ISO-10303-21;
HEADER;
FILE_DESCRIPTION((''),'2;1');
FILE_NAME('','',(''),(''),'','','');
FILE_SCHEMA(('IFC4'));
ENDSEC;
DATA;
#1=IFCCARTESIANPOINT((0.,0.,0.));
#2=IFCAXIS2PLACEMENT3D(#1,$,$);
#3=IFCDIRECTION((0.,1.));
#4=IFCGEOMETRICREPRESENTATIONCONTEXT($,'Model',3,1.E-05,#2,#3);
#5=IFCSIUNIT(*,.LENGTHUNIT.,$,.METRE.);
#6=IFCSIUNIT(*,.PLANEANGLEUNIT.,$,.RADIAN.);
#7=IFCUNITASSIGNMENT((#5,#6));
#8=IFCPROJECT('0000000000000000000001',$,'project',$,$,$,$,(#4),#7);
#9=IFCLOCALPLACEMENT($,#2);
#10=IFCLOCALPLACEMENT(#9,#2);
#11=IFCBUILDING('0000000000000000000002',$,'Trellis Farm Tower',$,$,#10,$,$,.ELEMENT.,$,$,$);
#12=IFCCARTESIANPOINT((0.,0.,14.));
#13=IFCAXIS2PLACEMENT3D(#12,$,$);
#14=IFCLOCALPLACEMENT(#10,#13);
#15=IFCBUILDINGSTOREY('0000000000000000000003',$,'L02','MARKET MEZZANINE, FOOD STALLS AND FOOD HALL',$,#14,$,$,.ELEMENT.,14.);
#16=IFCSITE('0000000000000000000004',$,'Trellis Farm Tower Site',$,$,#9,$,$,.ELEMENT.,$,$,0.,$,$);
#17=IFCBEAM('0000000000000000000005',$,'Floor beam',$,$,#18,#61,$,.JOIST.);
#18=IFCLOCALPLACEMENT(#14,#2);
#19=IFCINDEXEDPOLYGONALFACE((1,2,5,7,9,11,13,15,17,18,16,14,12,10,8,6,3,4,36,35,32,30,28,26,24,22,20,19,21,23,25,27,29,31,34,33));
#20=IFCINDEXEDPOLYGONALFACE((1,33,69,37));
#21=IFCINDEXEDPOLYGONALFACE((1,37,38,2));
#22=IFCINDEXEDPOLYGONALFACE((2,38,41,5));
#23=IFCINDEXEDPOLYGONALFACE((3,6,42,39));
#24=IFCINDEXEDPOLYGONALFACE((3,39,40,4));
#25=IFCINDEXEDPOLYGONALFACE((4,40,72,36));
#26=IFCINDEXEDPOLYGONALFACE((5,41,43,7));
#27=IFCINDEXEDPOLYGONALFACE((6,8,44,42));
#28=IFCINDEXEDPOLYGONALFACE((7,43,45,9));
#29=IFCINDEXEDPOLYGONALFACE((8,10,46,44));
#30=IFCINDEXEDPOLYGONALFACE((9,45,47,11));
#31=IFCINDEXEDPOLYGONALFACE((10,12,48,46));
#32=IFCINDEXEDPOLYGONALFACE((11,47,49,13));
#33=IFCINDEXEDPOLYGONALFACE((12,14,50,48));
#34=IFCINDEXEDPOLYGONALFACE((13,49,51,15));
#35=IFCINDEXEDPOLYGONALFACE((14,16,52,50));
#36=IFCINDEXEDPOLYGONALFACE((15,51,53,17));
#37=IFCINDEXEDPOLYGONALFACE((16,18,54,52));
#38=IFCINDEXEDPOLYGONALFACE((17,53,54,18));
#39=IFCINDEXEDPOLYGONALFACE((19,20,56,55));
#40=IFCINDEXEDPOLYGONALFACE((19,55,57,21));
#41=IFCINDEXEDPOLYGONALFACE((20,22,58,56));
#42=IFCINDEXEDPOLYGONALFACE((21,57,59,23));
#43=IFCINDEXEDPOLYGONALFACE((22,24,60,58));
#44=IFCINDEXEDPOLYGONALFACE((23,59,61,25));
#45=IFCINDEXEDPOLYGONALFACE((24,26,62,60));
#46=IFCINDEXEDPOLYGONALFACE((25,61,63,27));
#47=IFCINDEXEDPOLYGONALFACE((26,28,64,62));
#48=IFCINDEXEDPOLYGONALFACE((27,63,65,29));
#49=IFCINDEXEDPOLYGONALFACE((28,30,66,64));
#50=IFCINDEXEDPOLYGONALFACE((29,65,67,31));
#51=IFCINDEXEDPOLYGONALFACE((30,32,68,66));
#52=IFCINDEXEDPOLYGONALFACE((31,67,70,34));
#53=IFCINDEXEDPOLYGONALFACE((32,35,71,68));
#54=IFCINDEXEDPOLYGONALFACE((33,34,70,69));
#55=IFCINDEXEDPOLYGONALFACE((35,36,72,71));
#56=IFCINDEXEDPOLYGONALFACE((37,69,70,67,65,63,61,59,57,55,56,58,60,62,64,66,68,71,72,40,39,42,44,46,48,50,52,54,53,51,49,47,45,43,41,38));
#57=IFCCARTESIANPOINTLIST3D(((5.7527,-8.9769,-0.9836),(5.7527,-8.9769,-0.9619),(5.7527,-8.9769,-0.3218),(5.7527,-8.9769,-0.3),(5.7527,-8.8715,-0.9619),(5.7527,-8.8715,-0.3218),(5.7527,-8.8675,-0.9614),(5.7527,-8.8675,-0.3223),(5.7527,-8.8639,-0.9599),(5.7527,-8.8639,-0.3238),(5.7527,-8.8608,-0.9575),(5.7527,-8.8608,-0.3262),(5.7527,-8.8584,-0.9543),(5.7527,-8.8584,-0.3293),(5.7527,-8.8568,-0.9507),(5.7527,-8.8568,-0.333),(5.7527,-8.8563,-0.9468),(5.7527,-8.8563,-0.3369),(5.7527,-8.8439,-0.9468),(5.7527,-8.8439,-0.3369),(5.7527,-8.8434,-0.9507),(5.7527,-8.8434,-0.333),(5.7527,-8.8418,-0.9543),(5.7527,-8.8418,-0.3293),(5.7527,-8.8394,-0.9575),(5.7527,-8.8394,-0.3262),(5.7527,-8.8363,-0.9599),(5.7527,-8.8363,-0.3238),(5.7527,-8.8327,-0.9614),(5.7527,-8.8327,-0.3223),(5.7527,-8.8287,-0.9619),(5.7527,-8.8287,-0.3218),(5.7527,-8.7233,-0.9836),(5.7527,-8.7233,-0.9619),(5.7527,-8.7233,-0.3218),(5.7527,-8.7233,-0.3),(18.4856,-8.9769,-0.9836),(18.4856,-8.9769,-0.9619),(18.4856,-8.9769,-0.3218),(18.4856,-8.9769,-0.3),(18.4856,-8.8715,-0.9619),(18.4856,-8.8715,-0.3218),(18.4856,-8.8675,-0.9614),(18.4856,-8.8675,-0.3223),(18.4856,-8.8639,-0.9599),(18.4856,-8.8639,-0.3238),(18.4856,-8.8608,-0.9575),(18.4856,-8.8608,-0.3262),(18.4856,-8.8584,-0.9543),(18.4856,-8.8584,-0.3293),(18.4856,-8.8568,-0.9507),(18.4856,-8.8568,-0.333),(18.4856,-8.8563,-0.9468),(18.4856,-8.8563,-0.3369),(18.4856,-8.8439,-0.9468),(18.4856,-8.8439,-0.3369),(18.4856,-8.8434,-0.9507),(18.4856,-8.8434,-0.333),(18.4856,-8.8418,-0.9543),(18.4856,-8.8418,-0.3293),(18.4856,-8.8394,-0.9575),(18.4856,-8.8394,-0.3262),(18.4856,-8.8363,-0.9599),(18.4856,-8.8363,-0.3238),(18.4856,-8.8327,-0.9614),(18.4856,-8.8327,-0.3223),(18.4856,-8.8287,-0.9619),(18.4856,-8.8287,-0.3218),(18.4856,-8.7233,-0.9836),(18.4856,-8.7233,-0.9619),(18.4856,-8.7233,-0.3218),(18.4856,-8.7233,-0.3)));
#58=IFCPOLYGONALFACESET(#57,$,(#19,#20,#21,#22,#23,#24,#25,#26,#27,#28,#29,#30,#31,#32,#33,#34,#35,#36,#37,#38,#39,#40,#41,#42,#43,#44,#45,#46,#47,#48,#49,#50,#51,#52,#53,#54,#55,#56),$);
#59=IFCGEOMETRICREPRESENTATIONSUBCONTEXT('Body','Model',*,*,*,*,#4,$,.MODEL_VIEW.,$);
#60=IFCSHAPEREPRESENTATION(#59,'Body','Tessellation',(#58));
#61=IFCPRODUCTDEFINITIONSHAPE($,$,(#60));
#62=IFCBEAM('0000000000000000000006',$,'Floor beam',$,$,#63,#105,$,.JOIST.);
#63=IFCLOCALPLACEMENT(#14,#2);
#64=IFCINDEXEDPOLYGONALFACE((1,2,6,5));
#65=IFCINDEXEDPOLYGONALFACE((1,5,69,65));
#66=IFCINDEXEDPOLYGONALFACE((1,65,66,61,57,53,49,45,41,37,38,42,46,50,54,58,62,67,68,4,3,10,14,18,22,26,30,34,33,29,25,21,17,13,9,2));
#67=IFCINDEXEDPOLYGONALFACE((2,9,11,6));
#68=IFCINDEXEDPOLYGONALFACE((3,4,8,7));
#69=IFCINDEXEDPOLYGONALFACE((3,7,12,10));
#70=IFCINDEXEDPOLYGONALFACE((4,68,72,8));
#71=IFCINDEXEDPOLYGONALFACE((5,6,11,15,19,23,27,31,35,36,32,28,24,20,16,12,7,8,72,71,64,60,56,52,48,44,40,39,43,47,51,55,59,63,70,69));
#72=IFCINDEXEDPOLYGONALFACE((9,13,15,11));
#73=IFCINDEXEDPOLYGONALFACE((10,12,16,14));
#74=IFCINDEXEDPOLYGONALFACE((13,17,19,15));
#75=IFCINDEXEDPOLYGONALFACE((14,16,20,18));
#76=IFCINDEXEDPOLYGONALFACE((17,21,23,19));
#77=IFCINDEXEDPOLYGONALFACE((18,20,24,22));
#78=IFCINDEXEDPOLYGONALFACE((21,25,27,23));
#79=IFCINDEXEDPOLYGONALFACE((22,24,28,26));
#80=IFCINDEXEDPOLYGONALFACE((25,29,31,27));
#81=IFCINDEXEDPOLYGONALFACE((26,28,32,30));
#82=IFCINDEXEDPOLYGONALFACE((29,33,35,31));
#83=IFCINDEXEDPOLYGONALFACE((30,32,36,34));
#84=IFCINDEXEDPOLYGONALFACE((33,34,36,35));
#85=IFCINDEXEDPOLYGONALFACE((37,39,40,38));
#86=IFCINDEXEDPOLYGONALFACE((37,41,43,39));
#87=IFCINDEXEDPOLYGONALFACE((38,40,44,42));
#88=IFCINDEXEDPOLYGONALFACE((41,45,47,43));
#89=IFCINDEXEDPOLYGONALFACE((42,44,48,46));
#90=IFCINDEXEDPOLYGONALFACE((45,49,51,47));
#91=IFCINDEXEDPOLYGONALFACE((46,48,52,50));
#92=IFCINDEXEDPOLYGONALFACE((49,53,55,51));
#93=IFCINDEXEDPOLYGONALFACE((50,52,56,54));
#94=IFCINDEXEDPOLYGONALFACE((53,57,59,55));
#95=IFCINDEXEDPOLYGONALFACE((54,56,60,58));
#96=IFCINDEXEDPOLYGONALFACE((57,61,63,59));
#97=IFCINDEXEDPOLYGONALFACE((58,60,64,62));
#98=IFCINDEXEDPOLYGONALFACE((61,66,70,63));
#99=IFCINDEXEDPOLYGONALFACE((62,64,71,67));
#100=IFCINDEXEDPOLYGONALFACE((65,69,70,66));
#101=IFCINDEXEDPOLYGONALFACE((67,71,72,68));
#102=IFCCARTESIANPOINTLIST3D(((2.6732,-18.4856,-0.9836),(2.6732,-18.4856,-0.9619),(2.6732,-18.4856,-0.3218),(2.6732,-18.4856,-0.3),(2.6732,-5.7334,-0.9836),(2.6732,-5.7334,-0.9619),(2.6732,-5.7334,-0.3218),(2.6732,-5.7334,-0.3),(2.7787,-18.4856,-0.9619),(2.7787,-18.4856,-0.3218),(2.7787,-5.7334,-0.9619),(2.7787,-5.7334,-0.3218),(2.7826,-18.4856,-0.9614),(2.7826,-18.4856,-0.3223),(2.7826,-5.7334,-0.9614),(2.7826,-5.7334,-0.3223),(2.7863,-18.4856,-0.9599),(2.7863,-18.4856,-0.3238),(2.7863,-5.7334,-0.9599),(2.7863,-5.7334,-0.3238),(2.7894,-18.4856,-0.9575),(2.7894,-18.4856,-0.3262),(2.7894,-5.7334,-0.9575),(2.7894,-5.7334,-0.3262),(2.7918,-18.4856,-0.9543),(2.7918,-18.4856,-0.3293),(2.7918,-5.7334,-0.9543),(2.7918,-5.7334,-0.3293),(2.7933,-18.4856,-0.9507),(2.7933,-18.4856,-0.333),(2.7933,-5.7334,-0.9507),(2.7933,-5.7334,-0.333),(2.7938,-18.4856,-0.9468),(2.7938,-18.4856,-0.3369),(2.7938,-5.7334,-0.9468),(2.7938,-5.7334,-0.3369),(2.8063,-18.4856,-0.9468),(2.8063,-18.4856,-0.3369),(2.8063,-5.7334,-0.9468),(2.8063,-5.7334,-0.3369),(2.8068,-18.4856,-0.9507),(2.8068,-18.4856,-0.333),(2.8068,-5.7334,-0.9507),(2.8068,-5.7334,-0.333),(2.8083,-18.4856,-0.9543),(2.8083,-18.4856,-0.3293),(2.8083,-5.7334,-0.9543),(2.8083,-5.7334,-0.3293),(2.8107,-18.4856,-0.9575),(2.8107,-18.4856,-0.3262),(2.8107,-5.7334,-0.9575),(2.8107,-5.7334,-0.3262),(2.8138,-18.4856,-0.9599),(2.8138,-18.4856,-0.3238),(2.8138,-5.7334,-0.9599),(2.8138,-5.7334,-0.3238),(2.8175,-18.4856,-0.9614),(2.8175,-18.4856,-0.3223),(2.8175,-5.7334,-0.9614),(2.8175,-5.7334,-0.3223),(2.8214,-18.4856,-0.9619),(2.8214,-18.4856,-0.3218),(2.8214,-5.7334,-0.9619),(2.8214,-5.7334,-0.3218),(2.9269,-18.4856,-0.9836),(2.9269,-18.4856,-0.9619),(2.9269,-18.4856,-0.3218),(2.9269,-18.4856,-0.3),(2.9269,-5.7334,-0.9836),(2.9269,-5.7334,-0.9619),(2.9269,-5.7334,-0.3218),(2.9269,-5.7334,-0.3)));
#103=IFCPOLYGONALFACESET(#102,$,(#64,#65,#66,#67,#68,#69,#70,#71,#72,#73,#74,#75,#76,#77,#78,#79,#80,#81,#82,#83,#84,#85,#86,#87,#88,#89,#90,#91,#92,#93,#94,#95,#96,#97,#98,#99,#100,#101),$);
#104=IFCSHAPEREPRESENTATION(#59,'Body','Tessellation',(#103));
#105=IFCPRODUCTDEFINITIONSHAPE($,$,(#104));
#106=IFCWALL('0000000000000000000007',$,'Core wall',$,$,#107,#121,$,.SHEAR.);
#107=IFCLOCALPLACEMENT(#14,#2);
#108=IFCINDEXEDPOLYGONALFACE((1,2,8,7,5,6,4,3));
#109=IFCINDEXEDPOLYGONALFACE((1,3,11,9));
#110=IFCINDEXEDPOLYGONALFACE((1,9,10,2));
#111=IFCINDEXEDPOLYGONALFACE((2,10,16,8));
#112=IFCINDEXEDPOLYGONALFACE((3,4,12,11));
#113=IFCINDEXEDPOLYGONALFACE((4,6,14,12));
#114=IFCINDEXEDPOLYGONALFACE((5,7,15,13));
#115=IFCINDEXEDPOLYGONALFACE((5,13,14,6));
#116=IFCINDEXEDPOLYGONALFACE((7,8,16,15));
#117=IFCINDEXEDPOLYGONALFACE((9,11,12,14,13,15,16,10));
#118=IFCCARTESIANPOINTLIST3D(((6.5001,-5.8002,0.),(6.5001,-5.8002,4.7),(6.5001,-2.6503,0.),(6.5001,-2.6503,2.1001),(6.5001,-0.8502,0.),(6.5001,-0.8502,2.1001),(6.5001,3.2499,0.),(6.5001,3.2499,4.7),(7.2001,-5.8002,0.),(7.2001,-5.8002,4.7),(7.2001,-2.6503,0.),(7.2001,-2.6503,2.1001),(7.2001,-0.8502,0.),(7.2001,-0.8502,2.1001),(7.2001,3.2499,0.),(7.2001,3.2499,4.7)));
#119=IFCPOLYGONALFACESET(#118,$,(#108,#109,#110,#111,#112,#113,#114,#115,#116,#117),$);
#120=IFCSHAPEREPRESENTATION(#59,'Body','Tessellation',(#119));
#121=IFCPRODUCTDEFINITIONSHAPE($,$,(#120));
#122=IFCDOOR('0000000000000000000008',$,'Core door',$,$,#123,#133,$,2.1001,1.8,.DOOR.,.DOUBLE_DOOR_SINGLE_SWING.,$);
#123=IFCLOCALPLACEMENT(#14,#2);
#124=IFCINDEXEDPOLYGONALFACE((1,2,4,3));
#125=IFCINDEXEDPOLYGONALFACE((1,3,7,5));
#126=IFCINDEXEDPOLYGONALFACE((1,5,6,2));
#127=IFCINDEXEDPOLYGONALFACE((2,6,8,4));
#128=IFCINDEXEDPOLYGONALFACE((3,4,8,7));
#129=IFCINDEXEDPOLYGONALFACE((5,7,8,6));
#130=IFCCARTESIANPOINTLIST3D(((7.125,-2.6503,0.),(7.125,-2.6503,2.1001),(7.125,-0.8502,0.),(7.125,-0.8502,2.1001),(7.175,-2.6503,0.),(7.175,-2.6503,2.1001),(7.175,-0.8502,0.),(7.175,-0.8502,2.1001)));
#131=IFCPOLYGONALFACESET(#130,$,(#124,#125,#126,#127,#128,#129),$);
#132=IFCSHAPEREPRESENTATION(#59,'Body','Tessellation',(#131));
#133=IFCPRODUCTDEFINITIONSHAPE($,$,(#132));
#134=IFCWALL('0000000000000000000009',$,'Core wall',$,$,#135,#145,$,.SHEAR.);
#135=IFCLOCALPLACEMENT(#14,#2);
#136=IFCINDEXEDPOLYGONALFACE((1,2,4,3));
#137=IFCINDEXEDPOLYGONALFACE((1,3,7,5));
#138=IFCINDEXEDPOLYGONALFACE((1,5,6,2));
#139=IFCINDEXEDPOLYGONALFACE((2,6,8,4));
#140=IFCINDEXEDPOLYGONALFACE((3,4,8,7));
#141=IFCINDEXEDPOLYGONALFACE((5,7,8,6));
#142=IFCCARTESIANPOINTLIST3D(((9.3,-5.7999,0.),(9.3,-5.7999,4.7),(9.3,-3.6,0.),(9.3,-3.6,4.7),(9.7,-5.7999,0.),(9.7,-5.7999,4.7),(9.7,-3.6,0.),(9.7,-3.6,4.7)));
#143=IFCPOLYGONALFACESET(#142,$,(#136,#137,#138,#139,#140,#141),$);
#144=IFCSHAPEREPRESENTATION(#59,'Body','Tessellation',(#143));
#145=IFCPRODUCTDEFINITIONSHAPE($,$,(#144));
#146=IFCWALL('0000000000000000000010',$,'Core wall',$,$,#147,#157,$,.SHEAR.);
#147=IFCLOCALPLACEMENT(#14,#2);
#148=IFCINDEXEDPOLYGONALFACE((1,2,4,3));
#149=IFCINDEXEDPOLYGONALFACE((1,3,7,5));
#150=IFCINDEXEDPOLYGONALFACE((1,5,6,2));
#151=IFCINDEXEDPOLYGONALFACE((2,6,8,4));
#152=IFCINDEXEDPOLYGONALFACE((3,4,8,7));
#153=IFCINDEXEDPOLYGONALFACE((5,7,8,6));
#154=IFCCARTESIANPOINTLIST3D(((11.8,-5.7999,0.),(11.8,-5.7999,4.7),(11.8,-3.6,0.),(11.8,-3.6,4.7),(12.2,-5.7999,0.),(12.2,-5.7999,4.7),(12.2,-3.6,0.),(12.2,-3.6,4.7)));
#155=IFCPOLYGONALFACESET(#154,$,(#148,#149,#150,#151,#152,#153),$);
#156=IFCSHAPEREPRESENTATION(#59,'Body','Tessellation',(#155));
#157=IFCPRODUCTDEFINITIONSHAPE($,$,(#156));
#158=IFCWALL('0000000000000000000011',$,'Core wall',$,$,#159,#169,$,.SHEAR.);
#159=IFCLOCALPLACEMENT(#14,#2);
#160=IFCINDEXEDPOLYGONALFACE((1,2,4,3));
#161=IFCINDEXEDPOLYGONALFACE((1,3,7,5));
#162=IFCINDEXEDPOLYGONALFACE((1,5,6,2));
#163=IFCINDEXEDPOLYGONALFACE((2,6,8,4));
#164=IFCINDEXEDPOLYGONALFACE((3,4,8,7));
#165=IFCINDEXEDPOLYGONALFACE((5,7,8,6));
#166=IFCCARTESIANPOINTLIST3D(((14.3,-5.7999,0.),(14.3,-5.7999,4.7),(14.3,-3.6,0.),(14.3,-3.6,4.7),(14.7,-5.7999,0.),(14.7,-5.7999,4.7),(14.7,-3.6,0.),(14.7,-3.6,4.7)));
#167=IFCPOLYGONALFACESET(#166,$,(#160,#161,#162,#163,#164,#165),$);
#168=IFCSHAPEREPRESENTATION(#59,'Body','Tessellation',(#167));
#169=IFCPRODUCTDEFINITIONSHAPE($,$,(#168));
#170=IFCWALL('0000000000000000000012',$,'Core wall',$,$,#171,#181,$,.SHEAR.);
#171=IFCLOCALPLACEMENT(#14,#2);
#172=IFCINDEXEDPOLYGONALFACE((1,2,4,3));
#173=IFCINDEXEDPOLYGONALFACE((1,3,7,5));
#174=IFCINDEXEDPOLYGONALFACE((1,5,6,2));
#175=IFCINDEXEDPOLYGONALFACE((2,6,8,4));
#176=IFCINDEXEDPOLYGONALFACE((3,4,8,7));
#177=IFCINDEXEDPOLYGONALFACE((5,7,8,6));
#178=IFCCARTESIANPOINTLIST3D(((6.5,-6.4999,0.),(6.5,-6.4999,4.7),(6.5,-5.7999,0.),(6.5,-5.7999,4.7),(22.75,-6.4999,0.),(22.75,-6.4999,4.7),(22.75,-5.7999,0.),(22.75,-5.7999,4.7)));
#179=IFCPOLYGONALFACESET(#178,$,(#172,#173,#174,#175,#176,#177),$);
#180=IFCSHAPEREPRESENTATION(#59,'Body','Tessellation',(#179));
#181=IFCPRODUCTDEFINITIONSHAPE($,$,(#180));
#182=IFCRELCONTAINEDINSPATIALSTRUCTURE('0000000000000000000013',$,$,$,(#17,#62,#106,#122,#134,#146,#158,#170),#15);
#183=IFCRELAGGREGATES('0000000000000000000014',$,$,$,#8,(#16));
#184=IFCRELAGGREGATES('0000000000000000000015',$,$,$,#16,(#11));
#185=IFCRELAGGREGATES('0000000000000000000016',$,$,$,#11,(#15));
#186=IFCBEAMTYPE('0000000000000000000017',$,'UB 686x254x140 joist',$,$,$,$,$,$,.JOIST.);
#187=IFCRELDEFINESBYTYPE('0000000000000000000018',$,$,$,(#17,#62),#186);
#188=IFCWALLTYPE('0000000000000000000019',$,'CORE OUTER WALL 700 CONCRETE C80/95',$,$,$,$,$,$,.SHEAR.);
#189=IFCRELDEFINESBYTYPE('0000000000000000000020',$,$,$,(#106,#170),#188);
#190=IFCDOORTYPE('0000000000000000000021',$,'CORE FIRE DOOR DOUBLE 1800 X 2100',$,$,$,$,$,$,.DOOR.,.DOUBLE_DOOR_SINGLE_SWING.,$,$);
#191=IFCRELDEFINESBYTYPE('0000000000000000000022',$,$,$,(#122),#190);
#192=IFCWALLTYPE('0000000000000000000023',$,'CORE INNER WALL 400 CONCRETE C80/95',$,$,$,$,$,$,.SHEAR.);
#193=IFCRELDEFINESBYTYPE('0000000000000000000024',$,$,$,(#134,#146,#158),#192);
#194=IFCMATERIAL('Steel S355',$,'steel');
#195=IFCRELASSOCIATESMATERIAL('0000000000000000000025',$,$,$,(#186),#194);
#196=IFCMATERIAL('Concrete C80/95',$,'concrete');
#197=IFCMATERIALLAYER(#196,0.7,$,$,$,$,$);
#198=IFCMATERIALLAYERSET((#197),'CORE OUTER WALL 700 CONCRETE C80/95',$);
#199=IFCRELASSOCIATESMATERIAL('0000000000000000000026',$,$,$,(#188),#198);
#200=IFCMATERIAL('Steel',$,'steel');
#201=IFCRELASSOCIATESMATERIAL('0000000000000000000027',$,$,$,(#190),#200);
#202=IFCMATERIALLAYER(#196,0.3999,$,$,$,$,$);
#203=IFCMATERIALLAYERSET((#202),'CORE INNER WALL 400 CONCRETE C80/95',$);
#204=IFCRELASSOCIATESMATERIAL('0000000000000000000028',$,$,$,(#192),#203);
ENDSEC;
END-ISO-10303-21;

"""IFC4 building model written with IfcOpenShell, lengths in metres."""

from ifc_helpers import new_model, si_unit, direction, frame, frame_2d, origin, origin_2d, place, context, subcontext, project, spatial, rectangle, i_section, extrude, source, transform, mapped, material, layer, layer_set, material_profile, profile_set, type_object, element, fill, save


model = new_model("IFC4")

# Units and contexts
model_context = context("Model", 3, precision=1e-05, world=origin(), true_north=direction((0.0, 1.0)))
body_context = subcontext(model_context, "Body", "Model", "MODEL_VIEW")
ifc_project = project(units=[si_unit("LENGTHUNIT", "METRE"), si_unit("PLANEANGLEUNIT", "RADIAN")], contexts=[model_context])

# Site, building, storey
site_placement = place(None, origin())
site = spatial("IfcSite", under=ifc_project, at=site_placement, Name="Trellis Farm Tower Site", CompositionType="ELEMENT", RefElevation=0.0)
building_placement = place(site_placement, origin())
building = spatial("IfcBuilding", under=site, at=building_placement, Name="Trellis Farm Tower", CompositionType="ELEMENT")
storey_placement = place(building_placement, frame((0.0, 0.0, 14.0)))
storey = spatial("IfcBuildingStorey", under=building, at=storey_placement, Name="L02", Description="MARKET MEZZANINE, FOOD STALLS AND FOOD HALL", CompositionType="ELEMENT", Elevation=14.0)

# Beams
ifc_material_1 = material(Name="Steel S355", Category="steel")
ifc_material_profile_1 = material_profile(ifc_material_1, i_section(OverallWidth=0.2537, OverallDepth=0.6836, WebThickness=0.0125, FlangeThickness=0.0217, FilletRadius=0.0151, at=origin_2d()), Name="UB 686x254x140")
ifc_profile_set_1 = profile_set([ifc_material_profile_1], Name="Steel S355")
beam_type_1 = type_object("IfcBeamType", Name="UB 686x254x140 joist", PredefinedType="JOIST", material=ifc_profile_set_1)
shared_shape_1 = source(origin(), body_context, "Body", "SweptSolid", [
    extrude(i_section(OverallWidth=0.2537, OverallDepth=0.6836, WebThickness=0.0125, FlangeThickness=0.0217, FilletRadius=0.0151, at=origin_2d()), origin(), (0.0, 0.0, 1.0), 12.7329),
])
for number, where, z_axis, x_axis, name in (
    (1, (5.7527, -8.8501, -0.6418), (1.0, 0.0, 0.0), (0.0, 1.0, 0.0), "Floor beam"),
):
    element("IfcBeam", number, at=place(storey_placement, frame(where, z_axis=z_axis, x_axis=x_axis)), inside=storey, type_object=beam_type_1, Name=name, PredefinedType="JOIST", context=body_context, shape_type="MappedRepresentation", body=[
        mapped(shared_shape_1, transform((0.0, 0.0, 0.0))),
    ])
shared_shape_2 = source(origin(), body_context, "Body", "SweptSolid", [
    extrude(i_section(OverallWidth=0.2537, OverallDepth=0.6836, WebThickness=0.0125, FlangeThickness=0.0217, FilletRadius=0.0151, at=origin_2d()), origin(), (0.0, 0.0, 1.0), 12.7522),
])
beam_1_placement = place(storey_placement, frame((2.8, -18.4856, -0.6418), z_axis=(0.0, 1.0, 0.0), x_axis=(-1.0, 0.0, 0.0)))
element("IfcBeam", 2, at=beam_1_placement, inside=storey, type_object=beam_type_1, Name="Floor beam", PredefinedType="JOIST", context=body_context, shape_type="MappedRepresentation", body=[
    mapped(shared_shape_2, transform((0.0, 0.0, 0.0))),
])

# Wall, opening, door
ifc_material_2 = material(Name="Concrete C80/95", Category="concrete")
ifc_layer_1 = layer(ifc_material_2, 0.7)
ifc_layer_set_1 = layer_set([ifc_layer_1], Name="CORE OUTER WALL 700 CONCRETE C80/95")
wall_type_1 = type_object("IfcWallType", Name="CORE OUTER WALL 700 CONCRETE C80/95", PredefinedType="SHEAR", material=ifc_layer_set_1)
shared_shape_3 = source(origin(), body_context, "Body", "SweptSolid", [
    extrude(rectangle(XDim=9.05, YDim=0.7, at=frame_2d((4.5249, 0.0))), origin(), (0.0, 0.0, 1.0), 4.7),
])
wall_1_placement = place(storey_placement, frame((6.8501, -5.8, 0.0), z_axis=(0.0, 0.0, 1.0), x_axis=(0.0, 1.0, 0.0)))
wall_1 = element("IfcWall", 3, at=wall_1_placement, inside=storey, type_object=wall_type_1, Name="Core wall", PredefinedType="SHEAR", context=body_context, shape_type="MappedRepresentation", body=[
    mapped(shared_shape_3, transform((0.0, 0.0, 0.0))),
])
shared_shape_4 = source(origin(), body_context, "Body", "SweptSolid", [
    extrude(rectangle(XDim=1.8, YDim=2.1001, at=frame_2d((0.8999, 1.05))), frame((0.0, 0.3601, 0.0), z_axis=(0.0, -1.0, 0.0), x_axis=(1.0, 0.0, 0.0)), (0.0, 0.0, 1.0), 0.7202),
])
opening_1_placement = place(wall_1_placement, frame((3.1499, 0.0, 0.0)))
opening_1 = element("IfcOpeningElement", 4, at=opening_1_placement, cuts=wall_1, PredefinedType="OPENING", context=body_context, shape_type="MappedRepresentation", body=[
    mapped(shared_shape_4, transform((0.0, 0.0, 0.0))),
])
ifc_material_3 = material(Name="Steel", Category="steel")
door_type_1 = type_object("IfcDoorType", Name="CORE FIRE DOOR DOUBLE 1800 X 2100", OperationType="DOUBLE_DOOR_SINGLE_SWING", PredefinedType="DOOR", material=ifc_material_3)
shared_shape_5 = source(origin(), body_context, "Body", "SweptSolid", [
    extrude(rectangle(XDim=1.8, YDim=2.1001, at=frame_2d((0.8999, 1.05))), frame((0.0, -0.2749, 0.0), z_axis=(0.0, -1.0, 0.0), x_axis=(1.0, 0.0, 0.0)), (0.0, 0.0, 1.0), 0.05),
])
door_1_placement = place(opening_1_placement, origin())
door_1 = element("IfcDoor", 5, at=door_1_placement, inside=storey, type_object=door_type_1, Name="Core door", OperationType="DOUBLE_DOOR_SINGLE_SWING", OverallHeight=2.1001, OverallWidth=1.8, PredefinedType="DOOR", context=body_context, shape_type="MappedRepresentation", body=[
    mapped(shared_shape_5, transform((0.0, 0.0, 0.0))),
])
fill(opening_1, door_1)

# Walls
ifc_layer_2 = layer(ifc_material_2, 0.3999)
ifc_layer_set_2 = layer_set([ifc_layer_2], Name="CORE INNER WALL 400 CONCRETE C80/95")
wall_type_2 = type_object("IfcWallType", Name="CORE INNER WALL 400 CONCRETE C80/95", PredefinedType="SHEAR", material=ifc_layer_set_2)
shared_shape_6 = source(origin(), body_context, "Body", "SweptSolid", [
    extrude(rectangle(XDim=2.2, YDim=0.3999, at=frame_2d((1.1001, 0.0))), origin(), (0.0, 0.0, 1.0), 4.7),
])
for number, where, z_axis, x_axis, name in (
    (6, (9.5, -5.8, 0.0), (0.0, 0.0, 1.0), (0.0, 1.0, 0.0), "Core wall"),
    (7, (12.0, -5.8, 0.0), (0.0, 0.0, 1.0), (0.0, 1.0, 0.0), "Core wall"),
    (8, (14.5, -5.8, 0.0), (0.0, 0.0, 1.0), (0.0, 1.0, 0.0), "Core wall"),
):
    element("IfcWall", number, at=place(storey_placement, frame(where, z_axis=z_axis, x_axis=x_axis)), inside=storey, type_object=wall_type_2, Name=name, PredefinedType="SHEAR", context=body_context, shape_type="MappedRepresentation", body=[
        mapped(shared_shape_6, transform((0.0, 0.0, 0.0))),
    ])
shared_shape_7 = source(origin(), body_context, "Body", "SweptSolid", [
    extrude(rectangle(XDim=16.25, YDim=0.7, at=frame_2d((8.125, 0.0))), origin(), (0.0, 0.0, 1.0), 4.7),
])
wall_2_placement = place(storey_placement, frame((6.5, -6.1499, 0.0), z_axis=(0.0, 0.0, 1.0), x_axis=(1.0, 0.0, 0.0)))
element("IfcWall", 9, at=wall_2_placement, inside=storey, type_object=wall_type_1, Name="Core wall", PredefinedType="SHEAR", context=body_context, shape_type="MappedRepresentation", body=[
    mapped(shared_shape_7, transform((0.0, 0.0, 0.0))),
])

save(model, "model.ifc")
